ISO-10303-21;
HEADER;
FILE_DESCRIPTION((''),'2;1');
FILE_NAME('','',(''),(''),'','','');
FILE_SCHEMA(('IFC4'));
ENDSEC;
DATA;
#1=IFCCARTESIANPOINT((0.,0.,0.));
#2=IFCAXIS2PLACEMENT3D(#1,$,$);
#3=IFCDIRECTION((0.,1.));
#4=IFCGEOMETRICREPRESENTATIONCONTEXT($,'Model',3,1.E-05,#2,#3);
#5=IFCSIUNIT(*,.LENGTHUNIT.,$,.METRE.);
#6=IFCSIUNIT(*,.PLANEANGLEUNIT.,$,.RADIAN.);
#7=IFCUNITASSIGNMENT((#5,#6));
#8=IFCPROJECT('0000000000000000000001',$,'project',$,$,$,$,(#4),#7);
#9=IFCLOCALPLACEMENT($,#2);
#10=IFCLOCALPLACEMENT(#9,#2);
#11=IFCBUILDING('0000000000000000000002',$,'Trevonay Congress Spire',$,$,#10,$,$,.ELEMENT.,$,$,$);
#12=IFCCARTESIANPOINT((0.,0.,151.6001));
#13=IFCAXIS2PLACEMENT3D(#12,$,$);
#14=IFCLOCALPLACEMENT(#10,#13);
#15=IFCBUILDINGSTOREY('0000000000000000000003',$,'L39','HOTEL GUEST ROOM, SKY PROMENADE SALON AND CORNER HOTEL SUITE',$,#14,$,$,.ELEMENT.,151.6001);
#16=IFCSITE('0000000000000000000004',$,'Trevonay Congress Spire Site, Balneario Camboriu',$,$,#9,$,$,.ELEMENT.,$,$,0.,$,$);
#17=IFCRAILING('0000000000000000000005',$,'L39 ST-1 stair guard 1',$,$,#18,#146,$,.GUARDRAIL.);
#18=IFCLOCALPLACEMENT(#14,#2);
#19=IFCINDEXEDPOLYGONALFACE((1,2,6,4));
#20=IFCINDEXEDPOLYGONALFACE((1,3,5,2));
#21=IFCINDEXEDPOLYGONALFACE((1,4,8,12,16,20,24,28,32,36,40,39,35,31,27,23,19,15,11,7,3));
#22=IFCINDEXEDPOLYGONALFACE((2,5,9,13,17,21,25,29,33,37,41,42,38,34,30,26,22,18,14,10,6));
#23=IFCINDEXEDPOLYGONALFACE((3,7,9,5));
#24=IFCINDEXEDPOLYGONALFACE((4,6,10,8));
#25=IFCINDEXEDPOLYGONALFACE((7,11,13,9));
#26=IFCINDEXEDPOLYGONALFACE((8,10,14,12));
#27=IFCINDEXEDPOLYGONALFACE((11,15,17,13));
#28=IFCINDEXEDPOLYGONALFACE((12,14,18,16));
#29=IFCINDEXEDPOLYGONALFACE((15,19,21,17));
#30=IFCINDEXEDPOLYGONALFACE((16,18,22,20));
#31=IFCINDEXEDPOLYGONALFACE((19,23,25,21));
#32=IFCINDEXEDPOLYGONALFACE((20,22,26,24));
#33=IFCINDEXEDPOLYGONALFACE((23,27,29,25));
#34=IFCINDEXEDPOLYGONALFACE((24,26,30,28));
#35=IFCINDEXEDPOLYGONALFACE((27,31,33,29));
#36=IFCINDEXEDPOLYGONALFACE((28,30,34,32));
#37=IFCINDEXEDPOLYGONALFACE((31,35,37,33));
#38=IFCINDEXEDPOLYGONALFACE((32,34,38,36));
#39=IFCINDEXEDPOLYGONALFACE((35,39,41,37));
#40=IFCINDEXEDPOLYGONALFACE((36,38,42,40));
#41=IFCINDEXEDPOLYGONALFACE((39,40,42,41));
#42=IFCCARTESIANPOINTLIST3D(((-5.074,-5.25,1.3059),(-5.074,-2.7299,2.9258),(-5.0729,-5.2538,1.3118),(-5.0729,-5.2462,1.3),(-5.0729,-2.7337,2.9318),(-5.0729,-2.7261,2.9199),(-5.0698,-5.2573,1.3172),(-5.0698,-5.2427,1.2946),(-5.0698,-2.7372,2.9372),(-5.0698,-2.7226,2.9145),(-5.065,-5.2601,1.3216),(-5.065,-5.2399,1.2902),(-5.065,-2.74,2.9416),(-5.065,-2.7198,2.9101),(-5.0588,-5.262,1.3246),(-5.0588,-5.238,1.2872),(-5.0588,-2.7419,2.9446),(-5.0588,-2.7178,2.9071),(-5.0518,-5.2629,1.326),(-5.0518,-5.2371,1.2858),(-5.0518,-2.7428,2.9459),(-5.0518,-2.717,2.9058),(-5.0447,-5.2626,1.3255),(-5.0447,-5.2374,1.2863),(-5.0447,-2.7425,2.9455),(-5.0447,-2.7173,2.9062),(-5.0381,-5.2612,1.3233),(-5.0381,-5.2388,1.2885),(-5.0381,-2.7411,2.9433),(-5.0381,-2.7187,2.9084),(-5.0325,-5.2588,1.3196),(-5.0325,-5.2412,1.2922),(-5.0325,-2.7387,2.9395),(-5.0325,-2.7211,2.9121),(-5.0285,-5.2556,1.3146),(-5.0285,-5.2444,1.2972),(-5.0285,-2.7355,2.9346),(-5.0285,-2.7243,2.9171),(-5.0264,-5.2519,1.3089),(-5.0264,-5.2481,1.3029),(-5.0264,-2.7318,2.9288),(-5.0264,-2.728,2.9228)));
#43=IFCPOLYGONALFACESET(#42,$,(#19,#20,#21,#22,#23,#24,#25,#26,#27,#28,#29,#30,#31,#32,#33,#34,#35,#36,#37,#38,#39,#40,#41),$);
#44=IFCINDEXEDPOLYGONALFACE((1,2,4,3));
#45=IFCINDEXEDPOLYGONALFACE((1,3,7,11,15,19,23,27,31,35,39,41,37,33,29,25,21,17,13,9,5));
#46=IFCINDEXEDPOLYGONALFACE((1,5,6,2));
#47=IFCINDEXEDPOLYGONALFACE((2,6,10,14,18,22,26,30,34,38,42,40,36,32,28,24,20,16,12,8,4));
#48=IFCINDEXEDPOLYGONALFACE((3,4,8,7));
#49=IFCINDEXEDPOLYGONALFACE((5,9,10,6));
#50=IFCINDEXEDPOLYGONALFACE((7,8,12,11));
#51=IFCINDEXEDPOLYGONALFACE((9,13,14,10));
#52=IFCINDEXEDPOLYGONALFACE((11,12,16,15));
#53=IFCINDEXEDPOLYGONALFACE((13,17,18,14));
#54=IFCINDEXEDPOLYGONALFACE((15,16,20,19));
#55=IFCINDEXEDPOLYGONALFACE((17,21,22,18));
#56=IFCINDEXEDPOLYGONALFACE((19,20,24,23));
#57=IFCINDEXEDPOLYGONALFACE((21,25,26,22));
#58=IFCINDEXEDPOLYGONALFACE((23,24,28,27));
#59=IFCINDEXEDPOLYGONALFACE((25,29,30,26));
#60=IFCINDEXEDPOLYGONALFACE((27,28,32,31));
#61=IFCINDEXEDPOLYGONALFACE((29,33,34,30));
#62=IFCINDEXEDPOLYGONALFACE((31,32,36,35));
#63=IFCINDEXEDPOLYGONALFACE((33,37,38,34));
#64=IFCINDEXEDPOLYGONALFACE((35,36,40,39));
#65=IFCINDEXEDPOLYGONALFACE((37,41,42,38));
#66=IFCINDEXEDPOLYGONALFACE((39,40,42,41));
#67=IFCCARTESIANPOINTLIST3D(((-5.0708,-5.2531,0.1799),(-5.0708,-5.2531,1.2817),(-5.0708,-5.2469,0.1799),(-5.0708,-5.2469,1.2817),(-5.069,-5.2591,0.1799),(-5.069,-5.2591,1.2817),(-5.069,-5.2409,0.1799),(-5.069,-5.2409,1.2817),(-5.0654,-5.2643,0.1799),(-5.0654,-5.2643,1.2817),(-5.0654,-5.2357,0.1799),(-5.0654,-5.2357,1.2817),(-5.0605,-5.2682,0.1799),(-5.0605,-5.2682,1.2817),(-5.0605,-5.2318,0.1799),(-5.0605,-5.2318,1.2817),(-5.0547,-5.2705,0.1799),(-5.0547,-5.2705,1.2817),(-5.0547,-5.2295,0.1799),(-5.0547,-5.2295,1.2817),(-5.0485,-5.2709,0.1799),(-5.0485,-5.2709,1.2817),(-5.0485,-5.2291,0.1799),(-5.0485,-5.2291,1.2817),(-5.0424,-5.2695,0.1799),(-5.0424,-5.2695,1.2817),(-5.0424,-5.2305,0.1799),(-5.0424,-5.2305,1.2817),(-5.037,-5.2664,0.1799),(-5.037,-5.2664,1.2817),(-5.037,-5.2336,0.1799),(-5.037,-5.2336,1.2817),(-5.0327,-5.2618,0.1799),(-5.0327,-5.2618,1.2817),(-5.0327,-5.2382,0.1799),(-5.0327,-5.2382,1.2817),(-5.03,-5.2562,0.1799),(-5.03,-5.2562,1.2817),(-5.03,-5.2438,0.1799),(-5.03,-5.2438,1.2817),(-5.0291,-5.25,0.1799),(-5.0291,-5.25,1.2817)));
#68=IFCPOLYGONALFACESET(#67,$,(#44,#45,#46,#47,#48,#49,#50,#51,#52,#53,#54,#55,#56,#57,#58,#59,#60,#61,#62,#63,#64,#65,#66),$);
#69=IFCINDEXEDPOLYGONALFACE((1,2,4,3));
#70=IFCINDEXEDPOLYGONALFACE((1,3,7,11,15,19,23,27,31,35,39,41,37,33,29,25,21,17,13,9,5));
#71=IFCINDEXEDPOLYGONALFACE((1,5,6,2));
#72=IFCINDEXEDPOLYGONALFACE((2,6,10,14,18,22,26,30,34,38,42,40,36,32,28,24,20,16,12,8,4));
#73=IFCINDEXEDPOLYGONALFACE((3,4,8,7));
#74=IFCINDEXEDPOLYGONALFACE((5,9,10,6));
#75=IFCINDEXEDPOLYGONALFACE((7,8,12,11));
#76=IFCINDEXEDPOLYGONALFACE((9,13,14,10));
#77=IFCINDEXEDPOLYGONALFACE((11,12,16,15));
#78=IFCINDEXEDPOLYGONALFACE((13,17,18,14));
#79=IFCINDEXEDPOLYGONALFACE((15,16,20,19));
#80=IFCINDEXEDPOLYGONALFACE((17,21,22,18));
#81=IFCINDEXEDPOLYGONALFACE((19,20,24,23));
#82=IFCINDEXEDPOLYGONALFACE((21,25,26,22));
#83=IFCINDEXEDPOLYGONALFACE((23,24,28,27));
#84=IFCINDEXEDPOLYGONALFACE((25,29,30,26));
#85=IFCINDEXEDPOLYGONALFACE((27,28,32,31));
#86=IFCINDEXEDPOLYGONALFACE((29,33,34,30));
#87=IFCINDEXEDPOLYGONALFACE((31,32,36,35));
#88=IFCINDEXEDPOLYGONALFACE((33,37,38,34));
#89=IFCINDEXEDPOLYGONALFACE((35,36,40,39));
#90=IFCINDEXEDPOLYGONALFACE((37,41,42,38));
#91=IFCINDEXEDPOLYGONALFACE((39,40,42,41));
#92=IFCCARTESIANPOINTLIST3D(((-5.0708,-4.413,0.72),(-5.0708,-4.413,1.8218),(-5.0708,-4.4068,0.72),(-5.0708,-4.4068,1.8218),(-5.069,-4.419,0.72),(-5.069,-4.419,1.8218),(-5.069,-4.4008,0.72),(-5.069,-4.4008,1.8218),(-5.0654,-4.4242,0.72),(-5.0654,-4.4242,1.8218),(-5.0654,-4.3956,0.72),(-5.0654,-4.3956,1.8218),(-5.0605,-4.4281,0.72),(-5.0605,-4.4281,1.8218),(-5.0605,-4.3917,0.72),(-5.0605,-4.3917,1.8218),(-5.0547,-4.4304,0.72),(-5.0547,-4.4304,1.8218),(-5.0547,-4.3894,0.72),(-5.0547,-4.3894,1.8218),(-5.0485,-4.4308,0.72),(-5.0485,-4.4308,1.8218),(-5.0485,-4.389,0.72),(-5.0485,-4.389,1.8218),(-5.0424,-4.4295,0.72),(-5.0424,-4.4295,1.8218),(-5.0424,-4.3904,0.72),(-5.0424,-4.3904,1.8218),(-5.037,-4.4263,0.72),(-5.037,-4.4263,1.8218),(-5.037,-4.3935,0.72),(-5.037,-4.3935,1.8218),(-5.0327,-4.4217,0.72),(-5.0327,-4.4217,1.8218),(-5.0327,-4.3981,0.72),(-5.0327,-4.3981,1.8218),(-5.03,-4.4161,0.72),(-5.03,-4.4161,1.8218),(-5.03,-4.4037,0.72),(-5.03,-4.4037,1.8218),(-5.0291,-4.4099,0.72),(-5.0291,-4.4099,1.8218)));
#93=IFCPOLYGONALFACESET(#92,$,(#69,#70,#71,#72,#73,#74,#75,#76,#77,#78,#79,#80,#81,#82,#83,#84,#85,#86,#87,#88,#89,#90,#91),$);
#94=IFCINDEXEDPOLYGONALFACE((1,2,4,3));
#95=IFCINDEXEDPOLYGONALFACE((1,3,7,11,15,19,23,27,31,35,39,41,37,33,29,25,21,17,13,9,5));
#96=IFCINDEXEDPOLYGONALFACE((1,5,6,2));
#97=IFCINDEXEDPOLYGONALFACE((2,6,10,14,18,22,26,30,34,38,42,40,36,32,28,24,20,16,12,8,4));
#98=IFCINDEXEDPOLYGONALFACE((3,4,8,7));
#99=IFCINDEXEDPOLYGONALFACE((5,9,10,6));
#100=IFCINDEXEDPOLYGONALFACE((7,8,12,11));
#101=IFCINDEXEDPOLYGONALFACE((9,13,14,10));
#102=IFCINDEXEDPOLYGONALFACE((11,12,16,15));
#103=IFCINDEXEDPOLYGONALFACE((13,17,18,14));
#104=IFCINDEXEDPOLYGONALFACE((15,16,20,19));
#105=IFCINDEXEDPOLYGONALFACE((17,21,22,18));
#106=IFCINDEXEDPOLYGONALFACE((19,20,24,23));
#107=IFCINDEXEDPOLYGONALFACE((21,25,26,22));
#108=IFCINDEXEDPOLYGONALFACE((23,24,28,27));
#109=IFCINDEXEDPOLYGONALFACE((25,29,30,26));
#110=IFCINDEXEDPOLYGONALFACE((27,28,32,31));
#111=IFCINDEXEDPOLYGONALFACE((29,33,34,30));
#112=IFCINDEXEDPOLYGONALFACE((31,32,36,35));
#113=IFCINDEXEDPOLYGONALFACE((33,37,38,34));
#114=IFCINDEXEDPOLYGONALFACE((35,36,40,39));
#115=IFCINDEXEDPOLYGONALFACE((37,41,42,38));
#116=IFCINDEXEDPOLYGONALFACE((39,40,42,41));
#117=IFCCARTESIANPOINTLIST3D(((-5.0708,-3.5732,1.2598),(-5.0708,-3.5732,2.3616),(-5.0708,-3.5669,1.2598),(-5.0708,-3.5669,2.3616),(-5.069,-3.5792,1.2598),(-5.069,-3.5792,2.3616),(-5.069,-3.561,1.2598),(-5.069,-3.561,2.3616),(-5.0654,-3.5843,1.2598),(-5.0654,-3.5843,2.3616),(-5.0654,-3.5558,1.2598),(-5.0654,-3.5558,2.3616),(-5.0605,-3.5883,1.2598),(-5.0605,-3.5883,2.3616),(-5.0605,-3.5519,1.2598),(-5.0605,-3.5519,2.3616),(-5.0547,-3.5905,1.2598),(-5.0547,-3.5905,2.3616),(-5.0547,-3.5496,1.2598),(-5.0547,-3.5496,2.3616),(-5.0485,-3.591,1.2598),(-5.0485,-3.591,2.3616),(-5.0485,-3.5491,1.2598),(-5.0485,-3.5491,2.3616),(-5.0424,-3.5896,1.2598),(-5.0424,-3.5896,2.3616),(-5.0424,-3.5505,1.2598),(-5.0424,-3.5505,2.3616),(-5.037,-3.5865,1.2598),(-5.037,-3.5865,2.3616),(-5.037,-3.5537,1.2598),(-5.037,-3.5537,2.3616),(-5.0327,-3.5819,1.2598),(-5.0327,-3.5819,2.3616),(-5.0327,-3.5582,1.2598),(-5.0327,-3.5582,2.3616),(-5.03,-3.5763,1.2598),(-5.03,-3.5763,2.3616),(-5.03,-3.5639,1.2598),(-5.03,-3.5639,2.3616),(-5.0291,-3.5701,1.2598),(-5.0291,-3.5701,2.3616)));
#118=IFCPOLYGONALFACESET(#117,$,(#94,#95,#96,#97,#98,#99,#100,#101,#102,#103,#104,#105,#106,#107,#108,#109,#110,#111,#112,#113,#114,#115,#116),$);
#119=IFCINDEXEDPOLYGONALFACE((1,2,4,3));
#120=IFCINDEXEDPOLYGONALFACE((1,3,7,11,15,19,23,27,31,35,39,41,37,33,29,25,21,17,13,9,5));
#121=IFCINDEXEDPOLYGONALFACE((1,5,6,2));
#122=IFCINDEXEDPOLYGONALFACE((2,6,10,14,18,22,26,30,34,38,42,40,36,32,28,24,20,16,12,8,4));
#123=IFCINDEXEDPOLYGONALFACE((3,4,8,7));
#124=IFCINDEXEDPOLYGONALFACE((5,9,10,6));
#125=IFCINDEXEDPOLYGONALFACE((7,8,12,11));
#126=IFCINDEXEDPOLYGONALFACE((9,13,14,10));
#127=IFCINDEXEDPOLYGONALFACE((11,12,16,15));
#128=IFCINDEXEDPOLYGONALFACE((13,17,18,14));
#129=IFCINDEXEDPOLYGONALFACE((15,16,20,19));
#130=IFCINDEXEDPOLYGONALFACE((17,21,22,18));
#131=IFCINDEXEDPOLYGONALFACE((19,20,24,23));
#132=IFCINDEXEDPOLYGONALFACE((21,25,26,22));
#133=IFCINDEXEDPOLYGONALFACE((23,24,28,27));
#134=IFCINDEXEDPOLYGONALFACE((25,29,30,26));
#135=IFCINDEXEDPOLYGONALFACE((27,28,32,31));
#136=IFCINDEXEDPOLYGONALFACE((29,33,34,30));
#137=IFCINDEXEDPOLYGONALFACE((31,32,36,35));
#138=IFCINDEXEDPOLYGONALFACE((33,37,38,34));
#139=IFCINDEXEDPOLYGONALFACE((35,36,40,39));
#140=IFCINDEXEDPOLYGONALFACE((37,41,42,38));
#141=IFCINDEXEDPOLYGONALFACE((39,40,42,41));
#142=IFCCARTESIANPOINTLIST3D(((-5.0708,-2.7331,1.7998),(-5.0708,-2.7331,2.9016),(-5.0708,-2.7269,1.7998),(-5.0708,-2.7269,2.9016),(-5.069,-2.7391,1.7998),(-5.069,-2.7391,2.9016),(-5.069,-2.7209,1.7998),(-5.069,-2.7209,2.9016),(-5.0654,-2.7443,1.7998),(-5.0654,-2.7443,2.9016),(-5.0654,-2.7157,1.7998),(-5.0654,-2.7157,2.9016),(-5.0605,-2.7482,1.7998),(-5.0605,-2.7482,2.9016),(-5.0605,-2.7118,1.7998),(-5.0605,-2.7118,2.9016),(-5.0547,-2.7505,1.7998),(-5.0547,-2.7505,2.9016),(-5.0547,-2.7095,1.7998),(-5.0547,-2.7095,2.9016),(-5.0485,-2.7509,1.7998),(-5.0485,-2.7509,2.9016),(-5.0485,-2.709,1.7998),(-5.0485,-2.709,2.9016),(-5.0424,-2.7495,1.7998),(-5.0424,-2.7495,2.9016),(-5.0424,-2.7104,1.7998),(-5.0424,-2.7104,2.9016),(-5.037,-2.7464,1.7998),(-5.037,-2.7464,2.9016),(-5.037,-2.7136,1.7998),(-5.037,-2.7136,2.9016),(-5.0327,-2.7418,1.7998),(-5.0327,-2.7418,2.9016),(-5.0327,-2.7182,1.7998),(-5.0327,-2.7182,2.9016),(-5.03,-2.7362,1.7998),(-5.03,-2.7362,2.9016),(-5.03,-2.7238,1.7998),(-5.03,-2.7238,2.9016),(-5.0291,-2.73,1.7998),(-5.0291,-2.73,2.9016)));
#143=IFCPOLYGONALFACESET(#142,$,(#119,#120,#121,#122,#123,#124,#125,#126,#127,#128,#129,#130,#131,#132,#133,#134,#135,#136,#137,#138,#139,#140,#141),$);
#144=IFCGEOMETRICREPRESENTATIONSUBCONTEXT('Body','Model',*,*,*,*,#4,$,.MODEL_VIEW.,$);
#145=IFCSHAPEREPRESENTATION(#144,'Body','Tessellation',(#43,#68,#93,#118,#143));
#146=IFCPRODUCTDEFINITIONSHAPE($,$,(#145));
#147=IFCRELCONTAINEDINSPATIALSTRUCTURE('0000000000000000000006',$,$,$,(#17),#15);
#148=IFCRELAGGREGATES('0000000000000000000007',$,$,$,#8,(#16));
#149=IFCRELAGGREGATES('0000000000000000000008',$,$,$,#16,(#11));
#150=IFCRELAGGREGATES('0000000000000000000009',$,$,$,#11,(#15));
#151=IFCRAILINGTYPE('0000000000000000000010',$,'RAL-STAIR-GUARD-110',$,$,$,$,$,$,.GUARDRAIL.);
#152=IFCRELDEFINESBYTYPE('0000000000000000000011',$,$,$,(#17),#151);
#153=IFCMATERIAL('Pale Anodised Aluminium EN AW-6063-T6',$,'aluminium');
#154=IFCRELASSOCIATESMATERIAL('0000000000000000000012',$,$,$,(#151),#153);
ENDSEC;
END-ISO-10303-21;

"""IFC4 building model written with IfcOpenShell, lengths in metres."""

from ifc_helpers import new_model, si_unit, direction, frame, origin, origin_2d, place, context, subcontext, project, spatial, circle, extrude, material, type_object, element, save


model = new_model("IFC4")

# Units and contexts
model_context = context("Model", 3, precision=1e-05, world=origin(), true_north=direction((0.0, 1.0)))
body_context = subcontext(model_context, "Body", "Model", "MODEL_VIEW")
ifc_project = project(units=[si_unit("LENGTHUNIT", "METRE"), si_unit("PLANEANGLEUNIT", "RADIAN")], contexts=[model_context])

# Site, building, storey
site_placement = place(None, origin())
site = spatial("IfcSite", under=ifc_project, at=site_placement, Name="Trevonay Congress Spire Site, Balneario Camboriu", CompositionType="ELEMENT", RefElevation=0.0)
building_placement = place(site_placement, origin())
building = spatial("IfcBuilding", under=site, at=building_placement, Name="Trevonay Congress Spire", CompositionType="ELEMENT")
storey_placement = place(building_placement, frame((0.0, 0.0, 151.6001)))
storey = spatial("IfcBuildingStorey", under=building, at=storey_placement, Name="L39", Description="HOTEL GUEST ROOM, SKY PROMENADE SALON AND CORNER HOTEL SUITE", CompositionType="ELEMENT", Elevation=151.6001)

# Shared definitions
ifc_material_1 = material(Name="Pale Anodised Aluminium EN AW-6063-T6", Category="aluminium")

# Railing
railing_type_1 = type_object("IfcRailingType", Name="RAL-STAIR-GUARD-110", PredefinedType="GUARDRAIL", material=ifc_material_1)
railing_1_placement = place(storey_placement, frame((-5.05, -5.25, 0.1799)))
element("IfcRailing", 1, at=railing_1_placement, inside=storey, type_object=railing_type_1, Name="L39 ST-1 stair guard 1", PredefinedType="GUARDRAIL", context=body_context, shape_type="SweptSolid", body=[
    extrude(circle(Radius=0.0239, at=origin_2d()), frame((0.0, 0.0, 1.126), z_axis=(0.0, 0.8412, 0.540725), x_axis=(-1.0, 0.0, 0.0)), (0.0, 0.0, 1.0), 2.9958),
    extrude(circle(Radius=0.021, at=origin_2d()), origin(), (0.0, 0.0, 1.0), 1.1018),
    extrude(circle(Radius=0.021, at=origin_2d()), frame((0.0, 0.8401, 0.54)), (0.0, 0.0, 1.0), 1.1018),
    extrude(circle(Radius=0.021, at=origin_2d()), frame((0.0, 1.6799, 1.0798)), (0.0, 0.0, 1.0), 1.1018),
    extrude(circle(Radius=0.021, at=origin_2d()), frame((0.0, 2.52, 1.6199)), (0.0, 0.0, 1.0), 1.1018),
])

save(model, "model.ifc")
